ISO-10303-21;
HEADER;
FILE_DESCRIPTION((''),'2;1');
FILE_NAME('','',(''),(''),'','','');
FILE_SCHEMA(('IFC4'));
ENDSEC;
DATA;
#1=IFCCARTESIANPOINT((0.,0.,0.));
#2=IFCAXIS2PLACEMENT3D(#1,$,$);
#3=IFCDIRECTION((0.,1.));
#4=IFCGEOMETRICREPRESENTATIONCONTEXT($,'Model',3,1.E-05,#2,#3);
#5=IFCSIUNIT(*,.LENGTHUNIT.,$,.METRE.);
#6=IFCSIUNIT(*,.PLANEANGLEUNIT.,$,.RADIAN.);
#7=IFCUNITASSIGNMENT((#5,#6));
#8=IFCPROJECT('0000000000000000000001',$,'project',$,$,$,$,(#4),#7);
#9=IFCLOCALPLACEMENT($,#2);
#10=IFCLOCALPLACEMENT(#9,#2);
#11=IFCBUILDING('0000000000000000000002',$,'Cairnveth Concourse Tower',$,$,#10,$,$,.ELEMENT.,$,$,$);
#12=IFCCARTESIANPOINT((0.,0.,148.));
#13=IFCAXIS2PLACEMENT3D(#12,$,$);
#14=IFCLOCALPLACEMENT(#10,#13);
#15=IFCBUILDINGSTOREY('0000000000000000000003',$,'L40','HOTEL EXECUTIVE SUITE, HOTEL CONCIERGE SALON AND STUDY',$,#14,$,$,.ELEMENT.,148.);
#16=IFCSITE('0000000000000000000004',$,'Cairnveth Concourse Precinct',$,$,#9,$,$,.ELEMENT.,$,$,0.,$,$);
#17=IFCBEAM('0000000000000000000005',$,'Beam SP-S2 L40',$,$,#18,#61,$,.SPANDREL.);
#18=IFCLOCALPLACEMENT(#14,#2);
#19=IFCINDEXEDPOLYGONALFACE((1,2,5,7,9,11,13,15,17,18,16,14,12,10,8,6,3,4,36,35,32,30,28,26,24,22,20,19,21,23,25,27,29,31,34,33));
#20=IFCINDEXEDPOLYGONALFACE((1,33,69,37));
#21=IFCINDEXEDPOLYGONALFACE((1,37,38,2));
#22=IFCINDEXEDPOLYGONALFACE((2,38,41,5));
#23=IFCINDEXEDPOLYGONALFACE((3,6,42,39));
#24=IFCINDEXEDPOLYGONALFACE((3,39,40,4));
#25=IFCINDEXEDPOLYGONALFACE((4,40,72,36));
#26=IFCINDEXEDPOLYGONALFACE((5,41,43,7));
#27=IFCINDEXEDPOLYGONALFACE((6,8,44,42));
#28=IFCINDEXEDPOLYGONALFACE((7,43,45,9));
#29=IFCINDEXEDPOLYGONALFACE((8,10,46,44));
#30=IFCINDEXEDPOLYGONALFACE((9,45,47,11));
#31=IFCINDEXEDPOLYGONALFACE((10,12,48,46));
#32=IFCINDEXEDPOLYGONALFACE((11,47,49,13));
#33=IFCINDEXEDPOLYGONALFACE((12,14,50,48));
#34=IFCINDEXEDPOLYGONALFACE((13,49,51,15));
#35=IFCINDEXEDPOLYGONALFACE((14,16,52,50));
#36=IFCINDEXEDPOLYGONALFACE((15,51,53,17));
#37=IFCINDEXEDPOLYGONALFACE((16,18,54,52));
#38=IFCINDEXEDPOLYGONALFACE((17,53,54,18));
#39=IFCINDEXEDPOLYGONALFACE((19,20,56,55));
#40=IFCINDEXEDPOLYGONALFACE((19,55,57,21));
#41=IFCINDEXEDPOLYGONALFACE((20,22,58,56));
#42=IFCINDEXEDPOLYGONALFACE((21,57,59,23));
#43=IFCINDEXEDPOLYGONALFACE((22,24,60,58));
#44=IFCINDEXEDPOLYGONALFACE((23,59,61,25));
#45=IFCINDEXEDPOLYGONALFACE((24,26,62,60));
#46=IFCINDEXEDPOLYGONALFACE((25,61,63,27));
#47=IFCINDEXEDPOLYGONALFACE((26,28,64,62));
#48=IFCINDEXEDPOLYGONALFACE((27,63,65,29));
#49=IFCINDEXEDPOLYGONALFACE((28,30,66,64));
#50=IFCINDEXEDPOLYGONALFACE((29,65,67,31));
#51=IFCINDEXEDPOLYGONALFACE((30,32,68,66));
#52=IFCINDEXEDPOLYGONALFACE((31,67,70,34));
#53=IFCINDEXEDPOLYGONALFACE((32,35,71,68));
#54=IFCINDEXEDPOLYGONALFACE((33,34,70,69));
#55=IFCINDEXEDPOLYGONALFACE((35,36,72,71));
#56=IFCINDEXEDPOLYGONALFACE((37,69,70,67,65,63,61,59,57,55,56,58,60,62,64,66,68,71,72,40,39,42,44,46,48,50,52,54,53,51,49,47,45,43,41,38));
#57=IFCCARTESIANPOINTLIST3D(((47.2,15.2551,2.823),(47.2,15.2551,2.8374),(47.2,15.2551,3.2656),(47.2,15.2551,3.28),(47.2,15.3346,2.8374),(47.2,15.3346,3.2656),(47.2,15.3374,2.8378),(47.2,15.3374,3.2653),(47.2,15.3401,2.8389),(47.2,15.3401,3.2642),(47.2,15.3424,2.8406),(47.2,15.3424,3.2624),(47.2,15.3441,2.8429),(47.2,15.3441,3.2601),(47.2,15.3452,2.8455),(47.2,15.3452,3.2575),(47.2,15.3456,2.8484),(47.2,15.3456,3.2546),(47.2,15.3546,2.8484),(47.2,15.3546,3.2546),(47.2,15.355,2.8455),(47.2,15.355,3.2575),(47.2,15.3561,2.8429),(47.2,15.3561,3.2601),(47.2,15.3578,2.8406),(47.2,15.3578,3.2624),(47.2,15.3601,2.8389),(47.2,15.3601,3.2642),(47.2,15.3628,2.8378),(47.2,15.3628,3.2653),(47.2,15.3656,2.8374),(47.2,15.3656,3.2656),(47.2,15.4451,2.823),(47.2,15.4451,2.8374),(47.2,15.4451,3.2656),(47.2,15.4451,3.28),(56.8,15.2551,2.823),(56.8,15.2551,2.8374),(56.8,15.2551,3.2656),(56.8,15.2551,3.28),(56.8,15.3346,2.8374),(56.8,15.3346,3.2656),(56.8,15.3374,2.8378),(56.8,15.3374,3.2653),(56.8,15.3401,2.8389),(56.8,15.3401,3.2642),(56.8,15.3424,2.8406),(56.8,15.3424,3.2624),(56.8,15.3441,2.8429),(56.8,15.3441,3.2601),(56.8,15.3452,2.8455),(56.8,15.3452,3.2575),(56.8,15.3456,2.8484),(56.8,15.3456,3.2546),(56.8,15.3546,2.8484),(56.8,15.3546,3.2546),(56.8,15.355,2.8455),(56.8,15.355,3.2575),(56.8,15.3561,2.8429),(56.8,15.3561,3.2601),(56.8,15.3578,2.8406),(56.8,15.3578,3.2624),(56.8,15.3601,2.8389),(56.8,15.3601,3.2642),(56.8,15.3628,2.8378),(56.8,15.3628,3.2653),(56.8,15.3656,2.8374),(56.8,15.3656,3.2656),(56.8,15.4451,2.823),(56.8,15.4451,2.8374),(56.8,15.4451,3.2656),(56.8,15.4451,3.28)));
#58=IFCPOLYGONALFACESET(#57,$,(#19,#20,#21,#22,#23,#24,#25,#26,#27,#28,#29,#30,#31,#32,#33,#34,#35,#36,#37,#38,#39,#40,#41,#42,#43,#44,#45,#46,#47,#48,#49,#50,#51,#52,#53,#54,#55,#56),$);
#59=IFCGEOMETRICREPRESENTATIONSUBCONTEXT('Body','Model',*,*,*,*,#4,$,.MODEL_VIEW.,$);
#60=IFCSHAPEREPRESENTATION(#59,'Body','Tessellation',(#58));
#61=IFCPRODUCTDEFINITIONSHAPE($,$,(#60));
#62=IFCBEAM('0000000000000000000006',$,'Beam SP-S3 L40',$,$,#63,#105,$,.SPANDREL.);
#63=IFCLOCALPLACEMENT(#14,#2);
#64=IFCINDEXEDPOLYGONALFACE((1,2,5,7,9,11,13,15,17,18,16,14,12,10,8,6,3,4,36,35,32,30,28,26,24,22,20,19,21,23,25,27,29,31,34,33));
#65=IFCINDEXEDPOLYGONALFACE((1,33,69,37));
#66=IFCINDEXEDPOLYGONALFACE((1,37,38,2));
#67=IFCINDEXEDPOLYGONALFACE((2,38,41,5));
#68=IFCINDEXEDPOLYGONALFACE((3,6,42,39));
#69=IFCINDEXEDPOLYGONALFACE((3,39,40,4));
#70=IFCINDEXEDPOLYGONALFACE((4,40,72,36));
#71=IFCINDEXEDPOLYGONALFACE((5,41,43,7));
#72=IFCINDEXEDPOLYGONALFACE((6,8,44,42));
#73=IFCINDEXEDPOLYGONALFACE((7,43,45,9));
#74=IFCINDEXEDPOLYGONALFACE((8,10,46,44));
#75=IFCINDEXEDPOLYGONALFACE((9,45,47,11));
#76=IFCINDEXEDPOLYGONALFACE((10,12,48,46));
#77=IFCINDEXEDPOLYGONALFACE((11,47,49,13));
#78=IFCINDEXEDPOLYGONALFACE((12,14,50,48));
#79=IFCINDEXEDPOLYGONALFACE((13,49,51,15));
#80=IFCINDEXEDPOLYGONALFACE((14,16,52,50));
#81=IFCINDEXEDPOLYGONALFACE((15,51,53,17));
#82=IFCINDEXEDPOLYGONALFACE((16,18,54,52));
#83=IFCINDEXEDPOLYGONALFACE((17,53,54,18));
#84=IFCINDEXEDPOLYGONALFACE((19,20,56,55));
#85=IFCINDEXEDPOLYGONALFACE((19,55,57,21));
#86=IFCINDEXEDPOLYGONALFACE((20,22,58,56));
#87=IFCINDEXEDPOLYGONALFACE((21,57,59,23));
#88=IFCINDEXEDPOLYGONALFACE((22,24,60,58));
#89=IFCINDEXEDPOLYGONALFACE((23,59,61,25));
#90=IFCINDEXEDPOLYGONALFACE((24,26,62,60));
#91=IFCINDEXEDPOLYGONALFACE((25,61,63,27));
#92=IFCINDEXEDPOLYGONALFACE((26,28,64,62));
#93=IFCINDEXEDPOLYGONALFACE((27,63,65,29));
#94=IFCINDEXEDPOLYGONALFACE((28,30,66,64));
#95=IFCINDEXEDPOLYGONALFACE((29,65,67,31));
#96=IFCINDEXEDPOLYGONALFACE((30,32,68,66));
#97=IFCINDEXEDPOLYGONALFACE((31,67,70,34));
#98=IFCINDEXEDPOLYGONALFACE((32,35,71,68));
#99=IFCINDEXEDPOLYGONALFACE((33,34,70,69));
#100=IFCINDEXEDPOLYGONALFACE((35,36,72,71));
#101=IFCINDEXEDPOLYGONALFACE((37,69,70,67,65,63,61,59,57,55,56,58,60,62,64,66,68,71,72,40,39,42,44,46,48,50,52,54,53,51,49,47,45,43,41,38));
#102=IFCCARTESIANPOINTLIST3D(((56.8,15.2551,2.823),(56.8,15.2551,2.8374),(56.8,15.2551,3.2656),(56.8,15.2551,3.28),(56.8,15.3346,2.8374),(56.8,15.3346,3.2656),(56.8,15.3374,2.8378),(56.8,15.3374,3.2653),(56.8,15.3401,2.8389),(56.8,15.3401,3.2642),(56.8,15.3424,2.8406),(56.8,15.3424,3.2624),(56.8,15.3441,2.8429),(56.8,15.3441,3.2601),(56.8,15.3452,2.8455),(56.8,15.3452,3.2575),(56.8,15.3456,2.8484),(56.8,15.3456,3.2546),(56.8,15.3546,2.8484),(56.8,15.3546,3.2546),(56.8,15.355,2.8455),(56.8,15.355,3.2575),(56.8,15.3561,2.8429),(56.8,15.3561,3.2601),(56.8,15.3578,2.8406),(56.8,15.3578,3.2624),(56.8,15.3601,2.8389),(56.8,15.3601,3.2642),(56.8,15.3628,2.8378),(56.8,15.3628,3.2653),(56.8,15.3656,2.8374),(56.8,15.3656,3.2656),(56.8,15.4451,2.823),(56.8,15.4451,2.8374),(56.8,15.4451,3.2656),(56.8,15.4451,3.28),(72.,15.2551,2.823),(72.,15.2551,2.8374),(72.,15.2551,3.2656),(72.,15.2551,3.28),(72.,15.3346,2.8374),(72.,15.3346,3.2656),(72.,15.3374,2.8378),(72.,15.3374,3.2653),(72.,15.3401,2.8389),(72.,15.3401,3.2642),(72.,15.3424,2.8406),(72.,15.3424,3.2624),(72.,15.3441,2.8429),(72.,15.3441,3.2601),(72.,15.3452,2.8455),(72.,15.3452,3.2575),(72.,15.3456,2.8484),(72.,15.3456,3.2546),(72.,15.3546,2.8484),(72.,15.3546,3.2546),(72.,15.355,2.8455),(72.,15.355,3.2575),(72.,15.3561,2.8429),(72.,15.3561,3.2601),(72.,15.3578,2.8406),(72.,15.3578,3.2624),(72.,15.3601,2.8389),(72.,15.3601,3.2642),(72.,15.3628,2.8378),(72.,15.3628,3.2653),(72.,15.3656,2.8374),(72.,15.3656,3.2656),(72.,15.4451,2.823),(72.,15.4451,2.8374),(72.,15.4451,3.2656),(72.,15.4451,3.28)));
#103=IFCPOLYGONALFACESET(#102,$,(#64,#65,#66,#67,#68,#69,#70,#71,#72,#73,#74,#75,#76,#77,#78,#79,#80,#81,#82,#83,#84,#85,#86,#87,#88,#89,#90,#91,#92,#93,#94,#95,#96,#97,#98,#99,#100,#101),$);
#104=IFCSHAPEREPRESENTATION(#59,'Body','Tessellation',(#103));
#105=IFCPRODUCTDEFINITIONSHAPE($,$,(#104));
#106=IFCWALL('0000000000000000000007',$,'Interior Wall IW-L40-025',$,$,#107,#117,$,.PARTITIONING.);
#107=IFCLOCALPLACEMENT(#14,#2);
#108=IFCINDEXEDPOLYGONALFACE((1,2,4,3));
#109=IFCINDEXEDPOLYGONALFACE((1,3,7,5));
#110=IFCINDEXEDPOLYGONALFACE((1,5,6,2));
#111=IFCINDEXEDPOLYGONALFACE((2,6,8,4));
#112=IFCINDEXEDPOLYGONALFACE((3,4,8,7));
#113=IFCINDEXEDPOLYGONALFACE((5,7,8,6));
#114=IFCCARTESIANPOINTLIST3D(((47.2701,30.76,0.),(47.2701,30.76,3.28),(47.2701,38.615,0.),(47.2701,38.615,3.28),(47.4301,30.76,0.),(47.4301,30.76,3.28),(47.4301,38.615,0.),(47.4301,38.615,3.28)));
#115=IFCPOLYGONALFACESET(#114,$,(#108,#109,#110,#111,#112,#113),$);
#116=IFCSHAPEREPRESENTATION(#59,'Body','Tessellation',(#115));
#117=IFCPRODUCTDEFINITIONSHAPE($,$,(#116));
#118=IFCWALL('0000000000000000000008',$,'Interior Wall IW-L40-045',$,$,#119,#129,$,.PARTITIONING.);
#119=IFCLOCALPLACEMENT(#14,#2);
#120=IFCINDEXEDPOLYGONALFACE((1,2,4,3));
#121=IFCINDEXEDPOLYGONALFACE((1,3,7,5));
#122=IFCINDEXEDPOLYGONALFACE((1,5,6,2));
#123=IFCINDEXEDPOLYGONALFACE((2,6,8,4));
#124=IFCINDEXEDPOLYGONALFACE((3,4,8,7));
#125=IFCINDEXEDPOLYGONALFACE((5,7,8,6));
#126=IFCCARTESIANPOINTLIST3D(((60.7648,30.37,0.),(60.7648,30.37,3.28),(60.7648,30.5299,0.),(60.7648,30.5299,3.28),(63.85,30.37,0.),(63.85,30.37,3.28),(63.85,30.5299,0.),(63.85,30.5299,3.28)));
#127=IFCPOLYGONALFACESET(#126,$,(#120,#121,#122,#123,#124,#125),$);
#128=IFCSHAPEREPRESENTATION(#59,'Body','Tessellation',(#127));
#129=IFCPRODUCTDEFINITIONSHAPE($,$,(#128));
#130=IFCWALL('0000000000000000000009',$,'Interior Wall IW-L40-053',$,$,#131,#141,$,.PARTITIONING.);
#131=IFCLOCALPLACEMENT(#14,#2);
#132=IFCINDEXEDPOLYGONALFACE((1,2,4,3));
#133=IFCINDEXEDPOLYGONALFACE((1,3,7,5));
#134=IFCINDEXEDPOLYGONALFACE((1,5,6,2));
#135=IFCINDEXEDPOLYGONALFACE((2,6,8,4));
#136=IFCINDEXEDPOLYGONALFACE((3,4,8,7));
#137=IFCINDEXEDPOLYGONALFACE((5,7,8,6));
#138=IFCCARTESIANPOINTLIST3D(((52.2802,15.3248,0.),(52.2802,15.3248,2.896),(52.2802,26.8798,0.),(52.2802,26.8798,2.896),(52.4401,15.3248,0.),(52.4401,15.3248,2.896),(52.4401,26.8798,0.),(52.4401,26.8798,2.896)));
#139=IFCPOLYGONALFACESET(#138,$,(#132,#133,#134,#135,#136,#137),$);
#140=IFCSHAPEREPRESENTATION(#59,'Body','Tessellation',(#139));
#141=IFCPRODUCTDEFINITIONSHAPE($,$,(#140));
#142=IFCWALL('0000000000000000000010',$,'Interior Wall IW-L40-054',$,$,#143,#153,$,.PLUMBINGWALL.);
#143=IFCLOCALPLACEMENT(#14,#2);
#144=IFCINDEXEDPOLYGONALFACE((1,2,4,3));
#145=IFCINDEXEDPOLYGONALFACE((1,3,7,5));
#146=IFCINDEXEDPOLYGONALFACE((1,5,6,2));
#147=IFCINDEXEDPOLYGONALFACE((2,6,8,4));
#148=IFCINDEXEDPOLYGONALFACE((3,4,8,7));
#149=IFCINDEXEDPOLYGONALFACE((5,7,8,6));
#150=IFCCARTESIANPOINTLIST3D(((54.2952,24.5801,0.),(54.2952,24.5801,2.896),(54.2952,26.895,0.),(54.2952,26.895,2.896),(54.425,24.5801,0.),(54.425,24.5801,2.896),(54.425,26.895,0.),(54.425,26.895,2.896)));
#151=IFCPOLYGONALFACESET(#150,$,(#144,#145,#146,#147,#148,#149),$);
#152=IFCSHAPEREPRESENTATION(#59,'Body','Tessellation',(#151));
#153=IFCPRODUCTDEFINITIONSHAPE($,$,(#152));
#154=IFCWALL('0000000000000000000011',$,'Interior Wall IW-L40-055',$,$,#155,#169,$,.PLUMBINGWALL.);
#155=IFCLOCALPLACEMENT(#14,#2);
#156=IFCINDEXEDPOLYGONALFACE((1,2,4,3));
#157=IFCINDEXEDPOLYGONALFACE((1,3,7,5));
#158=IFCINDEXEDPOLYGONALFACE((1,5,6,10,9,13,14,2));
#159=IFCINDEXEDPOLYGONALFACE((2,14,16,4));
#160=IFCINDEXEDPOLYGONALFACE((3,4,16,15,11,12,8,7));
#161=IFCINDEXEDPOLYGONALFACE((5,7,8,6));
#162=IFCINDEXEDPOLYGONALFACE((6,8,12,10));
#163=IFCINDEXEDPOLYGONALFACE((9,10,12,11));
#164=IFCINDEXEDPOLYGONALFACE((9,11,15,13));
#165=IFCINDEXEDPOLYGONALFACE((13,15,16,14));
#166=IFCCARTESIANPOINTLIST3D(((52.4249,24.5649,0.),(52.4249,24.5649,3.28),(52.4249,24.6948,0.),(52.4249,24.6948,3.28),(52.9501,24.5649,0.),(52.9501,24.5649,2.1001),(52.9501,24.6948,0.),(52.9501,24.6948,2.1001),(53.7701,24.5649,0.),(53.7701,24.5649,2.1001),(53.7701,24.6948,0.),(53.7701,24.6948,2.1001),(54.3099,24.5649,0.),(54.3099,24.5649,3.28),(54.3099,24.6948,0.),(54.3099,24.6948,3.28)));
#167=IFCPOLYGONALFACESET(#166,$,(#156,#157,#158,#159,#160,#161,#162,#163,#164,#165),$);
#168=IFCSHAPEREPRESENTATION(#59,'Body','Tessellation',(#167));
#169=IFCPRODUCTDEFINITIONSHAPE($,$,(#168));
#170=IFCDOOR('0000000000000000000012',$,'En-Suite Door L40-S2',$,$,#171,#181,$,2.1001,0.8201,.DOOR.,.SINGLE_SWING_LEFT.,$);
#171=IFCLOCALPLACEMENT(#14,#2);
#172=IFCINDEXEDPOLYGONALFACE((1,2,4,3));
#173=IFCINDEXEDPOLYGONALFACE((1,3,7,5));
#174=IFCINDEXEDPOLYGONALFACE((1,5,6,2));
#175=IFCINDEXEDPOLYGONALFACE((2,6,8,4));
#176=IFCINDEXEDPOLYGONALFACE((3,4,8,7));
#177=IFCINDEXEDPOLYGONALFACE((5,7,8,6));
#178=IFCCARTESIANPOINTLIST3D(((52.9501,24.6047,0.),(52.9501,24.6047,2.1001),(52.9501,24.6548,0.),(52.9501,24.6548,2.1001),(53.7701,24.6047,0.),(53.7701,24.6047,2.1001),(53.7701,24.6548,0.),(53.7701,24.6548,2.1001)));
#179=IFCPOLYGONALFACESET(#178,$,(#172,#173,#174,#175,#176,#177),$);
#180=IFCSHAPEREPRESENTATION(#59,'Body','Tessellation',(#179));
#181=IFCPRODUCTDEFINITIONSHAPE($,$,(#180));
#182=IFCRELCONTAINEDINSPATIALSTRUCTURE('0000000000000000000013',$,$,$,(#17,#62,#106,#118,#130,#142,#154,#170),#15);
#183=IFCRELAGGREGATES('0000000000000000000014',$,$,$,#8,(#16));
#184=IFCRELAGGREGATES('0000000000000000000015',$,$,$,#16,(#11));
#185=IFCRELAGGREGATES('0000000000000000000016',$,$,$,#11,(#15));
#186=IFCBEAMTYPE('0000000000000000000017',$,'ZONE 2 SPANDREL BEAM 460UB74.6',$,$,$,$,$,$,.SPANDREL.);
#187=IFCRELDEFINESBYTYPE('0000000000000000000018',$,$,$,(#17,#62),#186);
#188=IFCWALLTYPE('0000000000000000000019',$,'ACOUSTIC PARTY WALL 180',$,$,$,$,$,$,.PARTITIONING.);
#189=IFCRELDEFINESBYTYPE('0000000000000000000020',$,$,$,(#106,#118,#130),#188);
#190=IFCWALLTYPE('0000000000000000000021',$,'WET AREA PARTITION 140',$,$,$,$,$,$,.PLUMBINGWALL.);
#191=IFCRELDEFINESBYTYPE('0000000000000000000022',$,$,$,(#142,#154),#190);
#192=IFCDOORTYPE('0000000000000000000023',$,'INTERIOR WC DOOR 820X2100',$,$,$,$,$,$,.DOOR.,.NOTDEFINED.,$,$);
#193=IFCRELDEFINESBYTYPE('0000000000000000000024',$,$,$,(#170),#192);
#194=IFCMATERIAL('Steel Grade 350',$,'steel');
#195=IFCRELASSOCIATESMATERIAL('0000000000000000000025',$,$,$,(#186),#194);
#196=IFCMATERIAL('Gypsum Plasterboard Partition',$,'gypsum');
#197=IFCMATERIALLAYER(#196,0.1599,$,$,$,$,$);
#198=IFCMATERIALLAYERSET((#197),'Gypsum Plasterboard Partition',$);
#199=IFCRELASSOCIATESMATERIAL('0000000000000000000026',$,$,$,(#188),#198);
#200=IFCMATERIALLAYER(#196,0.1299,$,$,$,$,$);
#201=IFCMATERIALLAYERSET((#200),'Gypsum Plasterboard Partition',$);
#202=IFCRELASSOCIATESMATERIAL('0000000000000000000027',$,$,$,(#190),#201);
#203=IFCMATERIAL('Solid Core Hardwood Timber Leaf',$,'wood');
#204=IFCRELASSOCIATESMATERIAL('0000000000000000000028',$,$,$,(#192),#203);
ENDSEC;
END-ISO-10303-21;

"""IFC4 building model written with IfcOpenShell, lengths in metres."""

from ifc_helpers import new_model, si_unit, direction, frame, frame_2d, origin, origin_2d, place, context, subcontext, project, spatial, rectangle, i_section, extrude, material, layer, layer_set, material_profile, profile_set, type_object, element, fill, save


model = new_model("IFC4")

# Units and contexts
model_context = context("Model", 3, precision=1e-05, world=origin(), true_north=direction((0.0, 1.0)))
body_context = subcontext(model_context, "Body", "Model", "MODEL_VIEW")
ifc_project = project(units=[si_unit("LENGTHUNIT", "METRE"), si_unit("PLANEANGLEUNIT", "RADIAN")], contexts=[model_context])

# Site, building, storey
site_placement = place(None, origin())
site = spatial("IfcSite", under=ifc_project, at=site_placement, Name="Cairnveth Concourse Precinct", CompositionType="ELEMENT", RefElevation=0.0)
building_placement = place(site_placement, origin())
building = spatial("IfcBuilding", under=site, at=building_placement, Name="Cairnveth Concourse Tower", CompositionType="ELEMENT")
storey_placement = place(building_placement, frame((0.0, 0.0, 148.0)))
storey = spatial("IfcBuildingStorey", under=building, at=storey_placement, Name="L40", Description="HOTEL EXECUTIVE SUITE, HOTEL CONCIERGE SALON AND STUDY", CompositionType="ELEMENT", Elevation=148.0)

# Beams
ifc_material_1 = material(Name="Steel Grade 350", Category="steel")
ifc_material_profile_1 = material_profile(ifc_material_1, i_section(OverallWidth=0.1899, OverallDepth=0.457, WebThickness=0.009, FlangeThickness=0.0144, FilletRadius=0.011, at=origin_2d()), Name="460UB74.6")
ifc_profile_set_1 = profile_set([ifc_material_profile_1], Name="Steel Grade 350")
beam_type_1 = type_object("IfcBeamType", Name="ZONE 2 SPANDREL BEAM 460UB74.6", PredefinedType="SPANDREL", material=ifc_profile_set_1)
beam_1_placement = place(storey_placement, frame((47.2, 15.3501, 3.0515), z_axis=(1.0, 0.0, 0.0), x_axis=(0.0, 1.0, 0.0)))
element("IfcBeam", 1, at=beam_1_placement, inside=storey, type_object=beam_type_1, Name="Beam SP-S2 L40", PredefinedType="SPANDREL", context=body_context, shape_type="SweptSolid", body=[
    extrude(i_section(OverallWidth=0.1899, OverallDepth=0.457, WebThickness=0.009, FlangeThickness=0.0144, FilletRadius=0.011, at=origin_2d()), origin(), (0.0, 0.0, 1.0), 9.6001),
])
beam_2_placement = place(storey_placement, frame((56.8, 15.3501, 3.0515), z_axis=(1.0, 0.0, 0.0), x_axis=(0.0, 1.0, 0.0)))
element("IfcBeam", 2, at=beam_2_placement, inside=storey, type_object=beam_type_1, Name="Beam SP-S3 L40", PredefinedType="SPANDREL", context=body_context, shape_type="SweptSolid", body=[
    extrude(i_section(OverallWidth=0.1899, OverallDepth=0.457, WebThickness=0.009, FlangeThickness=0.0144, FilletRadius=0.011, at=origin_2d()), origin(), (0.0, 0.0, 1.0), 15.2),
])

# Walls
ifc_material_2 = material(Name="Gypsum Plasterboard Partition", Category="gypsum")
ifc_layer_1 = layer(ifc_material_2, 0.1599)
ifc_layer_set_1 = layer_set([ifc_layer_1], Name="Gypsum Plasterboard Partition")
wall_type_1 = type_object("IfcWallType", Name="ACOUSTIC PARTY WALL 180", PredefinedType="PARTITIONING", material=ifc_layer_set_1)
wall_1_placement = place(storey_placement, frame((47.3501, 30.76, 0.0), z_axis=(0.0, 0.0, 1.0), x_axis=(0.0, 1.0, 0.0)))
element("IfcWall", 3, at=wall_1_placement, inside=storey, type_object=wall_type_1, Name="Interior Wall IW-L40-025", PredefinedType="PARTITIONING", context=body_context, shape_type="SweptSolid", body=[
    extrude(rectangle(XDim=7.855, YDim=0.1599, at=frame_2d((3.9275, 0.0))), origin(), (0.0, 0.0, 1.0), 3.28),
])
wall_2_placement = place(storey_placement, frame((60.7649, 30.45, 0.0), z_axis=(0.0, 0.0, 1.0), x_axis=(1.0, 0.0, 0.0)))
element("IfcWall", 4, at=wall_2_placement, inside=storey, type_object=wall_type_1, Name="Interior Wall IW-L40-045", PredefinedType="PARTITIONING", context=body_context, shape_type="SweptSolid", body=[
    extrude(rectangle(XDim=3.0852, YDim=0.1599, at=frame_2d((1.5425, 0.0))), origin(), (0.0, 0.0, 1.0), 3.28),
])
wall_3_placement = place(storey_placement, frame((52.3601, 15.325, 0.0), z_axis=(0.0, 0.0, 1.0), x_axis=(0.0, 1.0, 0.0)))
element("IfcWall", 5, at=wall_3_placement, inside=storey, type_object=wall_type_1, Name="Interior Wall IW-L40-053", PredefinedType="PARTITIONING", context=body_context, shape_type="SweptSolid", body=[
    extrude(rectangle(XDim=11.5549, YDim=0.1599, at=frame_2d((5.7773, 0.0))), origin(), (0.0, 0.0, 1.0), 2.896),
])
ifc_layer_2 = layer(ifc_material_2, 0.1299)
ifc_layer_set_2 = layer_set([ifc_layer_2], Name="Gypsum Plasterboard Partition")
wall_type_2 = type_object("IfcWallType", Name="WET AREA PARTITION 140", PredefinedType="PLUMBINGWALL", material=ifc_layer_set_2)
wall_4_placement = place(storey_placement, frame((54.3601, 24.5801, 0.0), z_axis=(0.0, 0.0, 1.0), x_axis=(0.0, 1.0, 0.0)))
element("IfcWall", 6, at=wall_4_placement, inside=storey, type_object=wall_type_2, Name="Interior Wall IW-L40-054", PredefinedType="PLUMBINGWALL", context=body_context, shape_type="SweptSolid", body=[
    extrude(rectangle(XDim=2.3149, YDim=0.1299, at=frame_2d((1.1575, 0.0))), origin(), (0.0, 0.0, 1.0), 2.896),
])

# Wall, opening, door
wall_5_placement = place(storey_placement, frame((52.425, 24.6299, 0.0), z_axis=(0.0, 0.0, 1.0), x_axis=(1.0, 0.0, 0.0)))
wall_5 = element("IfcWall", 7, at=wall_5_placement, inside=storey, type_object=wall_type_2, Name="Interior Wall IW-L40-055", PredefinedType="PLUMBINGWALL", context=body_context, shape_type="SweptSolid", body=[
    extrude(rectangle(XDim=1.885, YDim=0.1299, at=frame_2d((0.9424, 0.0))), origin(), (0.0, 0.0, 1.0), 3.28),
])
opening_placement = place(wall_5_placement, frame((0.5249, 0.0, 0.0)))
opening = element("IfcOpeningElement", 8, at=opening_placement, cuts=wall_5, PredefinedType="OPENING", context=body_context, shape_type="SweptSolid", body=[
    extrude(rectangle(XDim=0.8201, YDim=2.1001, at=frame_2d((0.4102, 1.05))), frame((0.0, 0.075, 0.0), z_axis=(0.0, -1.0, 0.0), x_axis=(1.0, 0.0, 0.0)), (0.0, 0.0, 1.0), 0.1499),
])
ifc_material_3 = material(Name="Solid Core Hardwood Timber Leaf", Category="wood")
door_type = type_object("IfcDoorType", Name="INTERIOR WC DOOR 820X2100", OperationType="NOTDEFINED", PredefinedType="DOOR", material=ifc_material_3)
door_placement = place(opening_placement, origin())
door = element("IfcDoor", 9, at=door_placement, inside=storey, type_object=door_type, Name="En-Suite Door L40-S2", OperationType="SINGLE_SWING_LEFT", OverallHeight=2.1001, OverallWidth=0.8201, PredefinedType="DOOR", context=body_context, shape_type="SweptSolid", body=[
    extrude(rectangle(XDim=0.8201, YDim=2.1001, at=frame_2d((0.4102, 1.05))), frame((0.0, 0.0249, 0.0), z_axis=(0.0, -1.0, 0.0), x_axis=(1.0, 0.0, 0.0)), (0.0, 0.0, 1.0), 0.05),
])
fill(opening, door)

save(model, "model.ifc")
